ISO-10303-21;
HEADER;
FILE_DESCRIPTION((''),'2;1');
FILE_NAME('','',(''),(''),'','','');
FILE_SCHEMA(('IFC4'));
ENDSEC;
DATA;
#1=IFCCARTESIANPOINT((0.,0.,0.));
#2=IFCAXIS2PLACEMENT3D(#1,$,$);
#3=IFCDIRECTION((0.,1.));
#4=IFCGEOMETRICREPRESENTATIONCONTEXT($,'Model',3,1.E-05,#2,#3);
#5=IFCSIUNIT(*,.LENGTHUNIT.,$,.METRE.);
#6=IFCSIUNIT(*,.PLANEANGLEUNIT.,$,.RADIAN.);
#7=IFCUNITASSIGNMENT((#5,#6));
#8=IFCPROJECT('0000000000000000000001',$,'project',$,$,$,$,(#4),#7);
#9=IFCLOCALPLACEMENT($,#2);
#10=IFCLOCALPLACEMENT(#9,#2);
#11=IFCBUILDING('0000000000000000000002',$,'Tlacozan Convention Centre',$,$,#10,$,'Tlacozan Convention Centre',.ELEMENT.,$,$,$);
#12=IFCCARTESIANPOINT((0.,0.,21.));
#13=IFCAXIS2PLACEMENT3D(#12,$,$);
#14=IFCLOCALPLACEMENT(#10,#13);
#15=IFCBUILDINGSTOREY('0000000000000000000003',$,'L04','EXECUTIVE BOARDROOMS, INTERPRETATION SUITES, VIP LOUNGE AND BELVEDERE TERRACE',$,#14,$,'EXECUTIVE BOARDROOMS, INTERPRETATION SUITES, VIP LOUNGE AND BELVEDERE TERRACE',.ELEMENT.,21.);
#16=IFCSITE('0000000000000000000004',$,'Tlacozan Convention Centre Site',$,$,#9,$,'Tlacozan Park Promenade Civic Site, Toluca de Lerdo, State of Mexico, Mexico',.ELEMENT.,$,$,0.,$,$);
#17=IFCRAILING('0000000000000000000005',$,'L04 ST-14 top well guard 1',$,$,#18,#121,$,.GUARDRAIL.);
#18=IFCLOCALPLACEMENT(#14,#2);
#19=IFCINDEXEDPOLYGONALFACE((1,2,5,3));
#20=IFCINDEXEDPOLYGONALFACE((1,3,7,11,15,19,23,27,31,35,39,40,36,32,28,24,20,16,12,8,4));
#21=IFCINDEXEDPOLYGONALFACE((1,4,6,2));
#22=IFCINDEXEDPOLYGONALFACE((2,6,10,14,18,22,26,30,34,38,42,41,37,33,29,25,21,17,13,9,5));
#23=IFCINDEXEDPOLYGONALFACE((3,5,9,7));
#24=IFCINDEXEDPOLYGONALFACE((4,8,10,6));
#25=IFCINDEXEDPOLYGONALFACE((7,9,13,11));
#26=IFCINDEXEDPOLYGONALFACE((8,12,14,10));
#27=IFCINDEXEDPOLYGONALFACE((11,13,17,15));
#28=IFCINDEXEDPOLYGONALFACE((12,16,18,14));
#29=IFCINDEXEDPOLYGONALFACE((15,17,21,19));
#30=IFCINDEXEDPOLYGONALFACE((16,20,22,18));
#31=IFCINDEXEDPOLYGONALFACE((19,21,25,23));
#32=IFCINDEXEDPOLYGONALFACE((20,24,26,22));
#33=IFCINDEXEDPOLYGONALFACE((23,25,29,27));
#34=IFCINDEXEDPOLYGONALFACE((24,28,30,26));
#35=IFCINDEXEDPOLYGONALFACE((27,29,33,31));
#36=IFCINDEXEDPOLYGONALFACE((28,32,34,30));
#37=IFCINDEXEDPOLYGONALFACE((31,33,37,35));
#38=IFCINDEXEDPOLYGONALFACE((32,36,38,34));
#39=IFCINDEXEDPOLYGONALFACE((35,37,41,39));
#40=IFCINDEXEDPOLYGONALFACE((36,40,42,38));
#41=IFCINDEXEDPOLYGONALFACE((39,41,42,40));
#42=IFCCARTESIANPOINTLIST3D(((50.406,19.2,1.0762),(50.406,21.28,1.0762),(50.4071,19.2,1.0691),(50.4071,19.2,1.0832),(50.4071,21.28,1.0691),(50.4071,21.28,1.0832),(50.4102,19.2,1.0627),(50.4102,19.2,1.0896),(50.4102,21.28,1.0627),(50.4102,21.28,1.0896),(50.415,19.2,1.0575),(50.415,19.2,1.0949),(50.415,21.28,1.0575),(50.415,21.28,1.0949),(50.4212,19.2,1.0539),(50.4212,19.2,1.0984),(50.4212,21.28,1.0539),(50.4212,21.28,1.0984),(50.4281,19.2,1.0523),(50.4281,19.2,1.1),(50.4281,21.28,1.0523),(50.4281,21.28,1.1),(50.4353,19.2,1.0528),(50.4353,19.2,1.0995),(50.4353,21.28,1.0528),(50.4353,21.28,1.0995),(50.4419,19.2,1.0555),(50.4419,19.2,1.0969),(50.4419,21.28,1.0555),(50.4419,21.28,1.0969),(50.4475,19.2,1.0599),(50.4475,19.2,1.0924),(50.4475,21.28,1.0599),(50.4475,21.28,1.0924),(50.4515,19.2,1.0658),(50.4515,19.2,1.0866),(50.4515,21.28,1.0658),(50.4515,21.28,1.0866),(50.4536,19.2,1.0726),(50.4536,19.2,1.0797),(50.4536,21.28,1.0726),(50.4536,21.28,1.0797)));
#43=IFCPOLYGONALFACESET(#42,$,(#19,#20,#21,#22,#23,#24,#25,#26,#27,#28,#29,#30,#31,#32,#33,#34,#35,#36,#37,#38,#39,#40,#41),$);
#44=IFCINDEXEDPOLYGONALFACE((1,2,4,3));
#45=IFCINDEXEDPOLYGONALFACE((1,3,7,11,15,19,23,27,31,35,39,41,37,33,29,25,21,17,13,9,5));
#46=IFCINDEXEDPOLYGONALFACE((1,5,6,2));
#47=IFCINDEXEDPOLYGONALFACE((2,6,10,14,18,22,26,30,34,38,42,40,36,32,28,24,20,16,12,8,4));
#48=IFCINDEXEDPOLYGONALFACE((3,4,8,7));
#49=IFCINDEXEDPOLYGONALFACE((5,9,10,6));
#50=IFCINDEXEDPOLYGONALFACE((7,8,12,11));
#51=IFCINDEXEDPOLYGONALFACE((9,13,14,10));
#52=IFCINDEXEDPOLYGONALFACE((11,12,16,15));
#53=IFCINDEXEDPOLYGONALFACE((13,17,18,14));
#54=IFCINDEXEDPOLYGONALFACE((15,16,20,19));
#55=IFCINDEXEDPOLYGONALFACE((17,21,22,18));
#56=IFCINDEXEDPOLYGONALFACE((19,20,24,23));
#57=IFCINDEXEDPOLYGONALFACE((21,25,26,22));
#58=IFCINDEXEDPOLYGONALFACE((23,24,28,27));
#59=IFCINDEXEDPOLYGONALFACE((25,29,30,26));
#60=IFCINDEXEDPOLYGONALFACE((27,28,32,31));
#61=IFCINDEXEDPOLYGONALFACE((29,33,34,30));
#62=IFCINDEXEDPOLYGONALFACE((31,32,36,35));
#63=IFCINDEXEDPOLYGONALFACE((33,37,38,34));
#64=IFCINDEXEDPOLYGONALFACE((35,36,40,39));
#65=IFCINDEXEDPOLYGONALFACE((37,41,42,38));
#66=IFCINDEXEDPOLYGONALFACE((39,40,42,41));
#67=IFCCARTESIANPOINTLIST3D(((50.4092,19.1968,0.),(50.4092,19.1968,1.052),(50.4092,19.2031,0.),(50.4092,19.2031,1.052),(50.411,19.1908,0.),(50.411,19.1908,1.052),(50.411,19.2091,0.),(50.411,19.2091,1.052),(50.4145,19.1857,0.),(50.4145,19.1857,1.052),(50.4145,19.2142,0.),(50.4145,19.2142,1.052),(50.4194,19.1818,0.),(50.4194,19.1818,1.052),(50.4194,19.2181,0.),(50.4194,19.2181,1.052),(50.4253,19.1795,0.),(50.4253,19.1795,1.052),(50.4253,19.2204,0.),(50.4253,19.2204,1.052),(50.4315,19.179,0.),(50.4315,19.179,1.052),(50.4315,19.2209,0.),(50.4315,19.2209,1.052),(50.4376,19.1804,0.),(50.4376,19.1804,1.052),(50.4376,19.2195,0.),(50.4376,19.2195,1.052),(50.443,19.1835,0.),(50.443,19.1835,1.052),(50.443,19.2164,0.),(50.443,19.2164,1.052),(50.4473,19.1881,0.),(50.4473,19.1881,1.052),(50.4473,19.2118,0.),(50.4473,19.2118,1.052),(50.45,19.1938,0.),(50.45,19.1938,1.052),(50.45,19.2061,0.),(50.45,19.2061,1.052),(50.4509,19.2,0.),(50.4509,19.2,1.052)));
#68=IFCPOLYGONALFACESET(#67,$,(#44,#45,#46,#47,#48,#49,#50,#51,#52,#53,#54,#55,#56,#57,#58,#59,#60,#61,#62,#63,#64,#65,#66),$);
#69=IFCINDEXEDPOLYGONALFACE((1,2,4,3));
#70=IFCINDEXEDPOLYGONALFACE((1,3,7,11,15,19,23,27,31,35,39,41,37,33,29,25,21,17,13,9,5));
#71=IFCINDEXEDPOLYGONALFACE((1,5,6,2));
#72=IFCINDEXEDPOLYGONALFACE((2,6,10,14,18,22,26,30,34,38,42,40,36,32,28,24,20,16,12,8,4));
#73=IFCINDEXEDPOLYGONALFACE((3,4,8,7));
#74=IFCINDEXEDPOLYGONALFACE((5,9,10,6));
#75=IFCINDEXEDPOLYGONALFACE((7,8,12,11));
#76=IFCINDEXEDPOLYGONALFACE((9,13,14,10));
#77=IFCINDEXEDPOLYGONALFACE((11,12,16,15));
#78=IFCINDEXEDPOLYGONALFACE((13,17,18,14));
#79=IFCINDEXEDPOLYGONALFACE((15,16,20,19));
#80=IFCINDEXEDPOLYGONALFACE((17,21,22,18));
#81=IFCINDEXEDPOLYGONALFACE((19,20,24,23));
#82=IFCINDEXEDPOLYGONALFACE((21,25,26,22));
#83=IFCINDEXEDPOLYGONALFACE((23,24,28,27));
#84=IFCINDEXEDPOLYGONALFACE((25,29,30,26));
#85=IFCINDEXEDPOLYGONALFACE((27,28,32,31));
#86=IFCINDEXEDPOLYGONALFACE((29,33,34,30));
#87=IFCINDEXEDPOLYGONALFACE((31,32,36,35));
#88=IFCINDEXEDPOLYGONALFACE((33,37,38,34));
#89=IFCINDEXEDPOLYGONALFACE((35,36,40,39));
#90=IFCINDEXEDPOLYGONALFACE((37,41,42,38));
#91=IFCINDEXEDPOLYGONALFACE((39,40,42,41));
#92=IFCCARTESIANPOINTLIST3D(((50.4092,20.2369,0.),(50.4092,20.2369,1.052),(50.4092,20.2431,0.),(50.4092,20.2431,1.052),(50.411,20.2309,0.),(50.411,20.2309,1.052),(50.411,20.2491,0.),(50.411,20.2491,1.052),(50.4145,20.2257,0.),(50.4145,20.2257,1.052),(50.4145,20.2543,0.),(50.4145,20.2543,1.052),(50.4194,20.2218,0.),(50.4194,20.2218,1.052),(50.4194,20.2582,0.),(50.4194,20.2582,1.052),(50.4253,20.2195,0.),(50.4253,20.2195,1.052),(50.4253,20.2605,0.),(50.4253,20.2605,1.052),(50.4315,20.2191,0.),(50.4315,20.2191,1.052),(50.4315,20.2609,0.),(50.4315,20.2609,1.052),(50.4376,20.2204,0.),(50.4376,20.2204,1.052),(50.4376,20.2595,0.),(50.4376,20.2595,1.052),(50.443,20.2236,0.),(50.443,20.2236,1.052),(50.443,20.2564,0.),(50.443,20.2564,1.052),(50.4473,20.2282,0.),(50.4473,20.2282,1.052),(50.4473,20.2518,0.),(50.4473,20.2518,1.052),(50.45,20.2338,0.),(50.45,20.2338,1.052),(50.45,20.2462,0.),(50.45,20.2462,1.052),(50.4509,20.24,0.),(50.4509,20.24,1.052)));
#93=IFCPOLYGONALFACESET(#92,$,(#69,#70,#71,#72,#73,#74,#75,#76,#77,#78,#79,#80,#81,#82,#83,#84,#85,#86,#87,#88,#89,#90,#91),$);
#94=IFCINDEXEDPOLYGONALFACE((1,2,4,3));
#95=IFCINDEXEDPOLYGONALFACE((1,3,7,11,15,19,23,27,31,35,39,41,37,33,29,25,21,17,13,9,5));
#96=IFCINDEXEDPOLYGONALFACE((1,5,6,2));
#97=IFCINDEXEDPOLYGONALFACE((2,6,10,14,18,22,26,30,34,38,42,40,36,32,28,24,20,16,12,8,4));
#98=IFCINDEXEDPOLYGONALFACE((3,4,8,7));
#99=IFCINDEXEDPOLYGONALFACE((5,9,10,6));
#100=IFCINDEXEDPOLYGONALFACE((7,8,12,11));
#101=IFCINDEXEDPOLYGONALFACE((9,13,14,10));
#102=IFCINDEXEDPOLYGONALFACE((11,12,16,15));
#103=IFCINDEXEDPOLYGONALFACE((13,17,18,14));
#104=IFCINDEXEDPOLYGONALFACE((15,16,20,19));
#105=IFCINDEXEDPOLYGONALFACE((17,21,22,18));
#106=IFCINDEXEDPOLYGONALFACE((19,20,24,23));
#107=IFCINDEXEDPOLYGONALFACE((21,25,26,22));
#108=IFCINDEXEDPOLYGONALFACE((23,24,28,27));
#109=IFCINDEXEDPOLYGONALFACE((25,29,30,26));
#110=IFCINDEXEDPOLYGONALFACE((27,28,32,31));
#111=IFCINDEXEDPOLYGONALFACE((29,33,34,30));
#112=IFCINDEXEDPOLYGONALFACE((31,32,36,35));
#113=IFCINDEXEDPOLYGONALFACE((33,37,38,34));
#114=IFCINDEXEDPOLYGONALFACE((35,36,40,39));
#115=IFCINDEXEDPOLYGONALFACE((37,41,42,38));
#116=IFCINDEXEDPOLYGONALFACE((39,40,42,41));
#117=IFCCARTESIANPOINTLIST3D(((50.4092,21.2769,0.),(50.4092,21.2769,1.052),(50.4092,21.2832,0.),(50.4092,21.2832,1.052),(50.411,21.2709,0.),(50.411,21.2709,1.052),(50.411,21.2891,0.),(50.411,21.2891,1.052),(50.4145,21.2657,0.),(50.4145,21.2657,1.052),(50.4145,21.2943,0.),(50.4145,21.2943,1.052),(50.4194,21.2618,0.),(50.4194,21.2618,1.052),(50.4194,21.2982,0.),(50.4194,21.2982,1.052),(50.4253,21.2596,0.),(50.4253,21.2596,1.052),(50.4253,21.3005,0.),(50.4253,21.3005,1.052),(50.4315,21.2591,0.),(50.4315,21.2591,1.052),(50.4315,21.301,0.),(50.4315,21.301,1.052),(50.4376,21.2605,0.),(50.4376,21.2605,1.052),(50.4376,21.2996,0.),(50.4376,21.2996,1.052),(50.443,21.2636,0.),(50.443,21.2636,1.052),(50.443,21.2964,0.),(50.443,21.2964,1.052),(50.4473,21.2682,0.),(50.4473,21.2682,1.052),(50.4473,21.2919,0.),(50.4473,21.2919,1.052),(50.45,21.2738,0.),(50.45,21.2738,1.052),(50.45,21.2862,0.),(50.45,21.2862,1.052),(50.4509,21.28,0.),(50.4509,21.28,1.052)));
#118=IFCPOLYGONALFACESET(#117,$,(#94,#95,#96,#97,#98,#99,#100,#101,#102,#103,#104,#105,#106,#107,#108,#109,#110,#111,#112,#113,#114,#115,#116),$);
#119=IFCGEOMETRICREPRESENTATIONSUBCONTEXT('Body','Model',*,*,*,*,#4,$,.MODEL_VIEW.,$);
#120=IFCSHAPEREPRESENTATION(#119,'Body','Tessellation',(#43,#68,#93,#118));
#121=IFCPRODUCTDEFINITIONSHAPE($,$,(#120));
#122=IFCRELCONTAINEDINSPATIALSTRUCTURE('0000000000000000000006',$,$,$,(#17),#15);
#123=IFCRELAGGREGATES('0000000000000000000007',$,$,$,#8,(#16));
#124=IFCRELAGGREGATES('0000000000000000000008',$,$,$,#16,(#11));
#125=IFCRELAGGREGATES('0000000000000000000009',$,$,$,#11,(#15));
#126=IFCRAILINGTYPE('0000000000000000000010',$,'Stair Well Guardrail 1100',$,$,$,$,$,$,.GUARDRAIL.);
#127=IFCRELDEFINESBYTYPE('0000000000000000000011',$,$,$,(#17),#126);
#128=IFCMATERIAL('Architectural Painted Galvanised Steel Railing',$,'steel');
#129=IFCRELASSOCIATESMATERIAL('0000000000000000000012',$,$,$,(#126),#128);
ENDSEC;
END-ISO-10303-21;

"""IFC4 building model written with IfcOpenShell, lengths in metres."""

from ifc_helpers import new_model, si_unit, direction, frame, origin, origin_2d, place, context, subcontext, project, spatial, circle, extrude, material, type_object, element, save


model = new_model("IFC4")

# Units and contexts
model_context = context("Model", 3, precision=1e-05, world=origin(), true_north=direction((0.0, 1.0)))
body_context = subcontext(model_context, "Body", "Model", "MODEL_VIEW")
ifc_project = project(units=[si_unit("LENGTHUNIT", "METRE"), si_unit("PLANEANGLEUNIT", "RADIAN")], contexts=[model_context])

# Site, building, storey
site_placement = place(None, origin())
site = spatial("IfcSite", under=ifc_project, at=site_placement, Name="Tlacozan Convention Centre Site", LongName="Tlacozan Park Promenade Civic Site, Toluca de Lerdo, State of Mexico, Mexico", CompositionType="ELEMENT", RefElevation=0.0)
building_placement = place(site_placement, origin())
building = spatial("IfcBuilding", under=site, at=building_placement, Name="Tlacozan Convention Centre", LongName="Tlacozan Convention Centre", CompositionType="ELEMENT")
storey_placement = place(building_placement, frame((0.0, 0.0, 21.0)))
storey = spatial("IfcBuildingStorey", under=building, at=storey_placement, Name="L04", Description="EXECUTIVE BOARDROOMS, INTERPRETATION SUITES, VIP LOUNGE AND BELVEDERE TERRACE", LongName="EXECUTIVE BOARDROOMS, INTERPRETATION SUITES, VIP LOUNGE AND BELVEDERE TERRACE", CompositionType="ELEMENT", Elevation=21.0)

# Railing
ifc_material_1 = material(Name="Architectural Painted Galvanised Steel Railing", Category="steel")
railing_type = type_object("IfcRailingType", Name="Stair Well Guardrail 1100", PredefinedType="GUARDRAIL", material=ifc_material_1)
railing_placement = place(storey_placement, frame((50.4299, 19.2, 0.0)))
element("IfcRailing", 1, at=railing_placement, inside=storey, type_object=railing_type, Name="L04 ST-14 top well guard 1", PredefinedType="GUARDRAIL", context=body_context, shape_type="SweptSolid", body=[
    extrude(circle(Radius=0.0239, at=origin_2d()), frame((0.0, 0.0, 1.0762), z_axis=(0.0, 1.0, 0.0), x_axis=(-1.0, 0.0, 0.0)), (0.0, 0.0, 1.0), 2.0801),
    extrude(circle(Radius=0.021, at=origin_2d()), origin(), (0.0, 0.0, 1.0), 1.052),
    extrude(circle(Radius=0.021, at=origin_2d()), frame((0.0, 1.04, 0.0)), (0.0, 0.0, 1.0), 1.052),
    extrude(circle(Radius=0.021, at=origin_2d()), frame((0.0, 2.0801, 0.0)), (0.0, 0.0, 1.0), 1.052),
])

save(model, "model.ifc")
